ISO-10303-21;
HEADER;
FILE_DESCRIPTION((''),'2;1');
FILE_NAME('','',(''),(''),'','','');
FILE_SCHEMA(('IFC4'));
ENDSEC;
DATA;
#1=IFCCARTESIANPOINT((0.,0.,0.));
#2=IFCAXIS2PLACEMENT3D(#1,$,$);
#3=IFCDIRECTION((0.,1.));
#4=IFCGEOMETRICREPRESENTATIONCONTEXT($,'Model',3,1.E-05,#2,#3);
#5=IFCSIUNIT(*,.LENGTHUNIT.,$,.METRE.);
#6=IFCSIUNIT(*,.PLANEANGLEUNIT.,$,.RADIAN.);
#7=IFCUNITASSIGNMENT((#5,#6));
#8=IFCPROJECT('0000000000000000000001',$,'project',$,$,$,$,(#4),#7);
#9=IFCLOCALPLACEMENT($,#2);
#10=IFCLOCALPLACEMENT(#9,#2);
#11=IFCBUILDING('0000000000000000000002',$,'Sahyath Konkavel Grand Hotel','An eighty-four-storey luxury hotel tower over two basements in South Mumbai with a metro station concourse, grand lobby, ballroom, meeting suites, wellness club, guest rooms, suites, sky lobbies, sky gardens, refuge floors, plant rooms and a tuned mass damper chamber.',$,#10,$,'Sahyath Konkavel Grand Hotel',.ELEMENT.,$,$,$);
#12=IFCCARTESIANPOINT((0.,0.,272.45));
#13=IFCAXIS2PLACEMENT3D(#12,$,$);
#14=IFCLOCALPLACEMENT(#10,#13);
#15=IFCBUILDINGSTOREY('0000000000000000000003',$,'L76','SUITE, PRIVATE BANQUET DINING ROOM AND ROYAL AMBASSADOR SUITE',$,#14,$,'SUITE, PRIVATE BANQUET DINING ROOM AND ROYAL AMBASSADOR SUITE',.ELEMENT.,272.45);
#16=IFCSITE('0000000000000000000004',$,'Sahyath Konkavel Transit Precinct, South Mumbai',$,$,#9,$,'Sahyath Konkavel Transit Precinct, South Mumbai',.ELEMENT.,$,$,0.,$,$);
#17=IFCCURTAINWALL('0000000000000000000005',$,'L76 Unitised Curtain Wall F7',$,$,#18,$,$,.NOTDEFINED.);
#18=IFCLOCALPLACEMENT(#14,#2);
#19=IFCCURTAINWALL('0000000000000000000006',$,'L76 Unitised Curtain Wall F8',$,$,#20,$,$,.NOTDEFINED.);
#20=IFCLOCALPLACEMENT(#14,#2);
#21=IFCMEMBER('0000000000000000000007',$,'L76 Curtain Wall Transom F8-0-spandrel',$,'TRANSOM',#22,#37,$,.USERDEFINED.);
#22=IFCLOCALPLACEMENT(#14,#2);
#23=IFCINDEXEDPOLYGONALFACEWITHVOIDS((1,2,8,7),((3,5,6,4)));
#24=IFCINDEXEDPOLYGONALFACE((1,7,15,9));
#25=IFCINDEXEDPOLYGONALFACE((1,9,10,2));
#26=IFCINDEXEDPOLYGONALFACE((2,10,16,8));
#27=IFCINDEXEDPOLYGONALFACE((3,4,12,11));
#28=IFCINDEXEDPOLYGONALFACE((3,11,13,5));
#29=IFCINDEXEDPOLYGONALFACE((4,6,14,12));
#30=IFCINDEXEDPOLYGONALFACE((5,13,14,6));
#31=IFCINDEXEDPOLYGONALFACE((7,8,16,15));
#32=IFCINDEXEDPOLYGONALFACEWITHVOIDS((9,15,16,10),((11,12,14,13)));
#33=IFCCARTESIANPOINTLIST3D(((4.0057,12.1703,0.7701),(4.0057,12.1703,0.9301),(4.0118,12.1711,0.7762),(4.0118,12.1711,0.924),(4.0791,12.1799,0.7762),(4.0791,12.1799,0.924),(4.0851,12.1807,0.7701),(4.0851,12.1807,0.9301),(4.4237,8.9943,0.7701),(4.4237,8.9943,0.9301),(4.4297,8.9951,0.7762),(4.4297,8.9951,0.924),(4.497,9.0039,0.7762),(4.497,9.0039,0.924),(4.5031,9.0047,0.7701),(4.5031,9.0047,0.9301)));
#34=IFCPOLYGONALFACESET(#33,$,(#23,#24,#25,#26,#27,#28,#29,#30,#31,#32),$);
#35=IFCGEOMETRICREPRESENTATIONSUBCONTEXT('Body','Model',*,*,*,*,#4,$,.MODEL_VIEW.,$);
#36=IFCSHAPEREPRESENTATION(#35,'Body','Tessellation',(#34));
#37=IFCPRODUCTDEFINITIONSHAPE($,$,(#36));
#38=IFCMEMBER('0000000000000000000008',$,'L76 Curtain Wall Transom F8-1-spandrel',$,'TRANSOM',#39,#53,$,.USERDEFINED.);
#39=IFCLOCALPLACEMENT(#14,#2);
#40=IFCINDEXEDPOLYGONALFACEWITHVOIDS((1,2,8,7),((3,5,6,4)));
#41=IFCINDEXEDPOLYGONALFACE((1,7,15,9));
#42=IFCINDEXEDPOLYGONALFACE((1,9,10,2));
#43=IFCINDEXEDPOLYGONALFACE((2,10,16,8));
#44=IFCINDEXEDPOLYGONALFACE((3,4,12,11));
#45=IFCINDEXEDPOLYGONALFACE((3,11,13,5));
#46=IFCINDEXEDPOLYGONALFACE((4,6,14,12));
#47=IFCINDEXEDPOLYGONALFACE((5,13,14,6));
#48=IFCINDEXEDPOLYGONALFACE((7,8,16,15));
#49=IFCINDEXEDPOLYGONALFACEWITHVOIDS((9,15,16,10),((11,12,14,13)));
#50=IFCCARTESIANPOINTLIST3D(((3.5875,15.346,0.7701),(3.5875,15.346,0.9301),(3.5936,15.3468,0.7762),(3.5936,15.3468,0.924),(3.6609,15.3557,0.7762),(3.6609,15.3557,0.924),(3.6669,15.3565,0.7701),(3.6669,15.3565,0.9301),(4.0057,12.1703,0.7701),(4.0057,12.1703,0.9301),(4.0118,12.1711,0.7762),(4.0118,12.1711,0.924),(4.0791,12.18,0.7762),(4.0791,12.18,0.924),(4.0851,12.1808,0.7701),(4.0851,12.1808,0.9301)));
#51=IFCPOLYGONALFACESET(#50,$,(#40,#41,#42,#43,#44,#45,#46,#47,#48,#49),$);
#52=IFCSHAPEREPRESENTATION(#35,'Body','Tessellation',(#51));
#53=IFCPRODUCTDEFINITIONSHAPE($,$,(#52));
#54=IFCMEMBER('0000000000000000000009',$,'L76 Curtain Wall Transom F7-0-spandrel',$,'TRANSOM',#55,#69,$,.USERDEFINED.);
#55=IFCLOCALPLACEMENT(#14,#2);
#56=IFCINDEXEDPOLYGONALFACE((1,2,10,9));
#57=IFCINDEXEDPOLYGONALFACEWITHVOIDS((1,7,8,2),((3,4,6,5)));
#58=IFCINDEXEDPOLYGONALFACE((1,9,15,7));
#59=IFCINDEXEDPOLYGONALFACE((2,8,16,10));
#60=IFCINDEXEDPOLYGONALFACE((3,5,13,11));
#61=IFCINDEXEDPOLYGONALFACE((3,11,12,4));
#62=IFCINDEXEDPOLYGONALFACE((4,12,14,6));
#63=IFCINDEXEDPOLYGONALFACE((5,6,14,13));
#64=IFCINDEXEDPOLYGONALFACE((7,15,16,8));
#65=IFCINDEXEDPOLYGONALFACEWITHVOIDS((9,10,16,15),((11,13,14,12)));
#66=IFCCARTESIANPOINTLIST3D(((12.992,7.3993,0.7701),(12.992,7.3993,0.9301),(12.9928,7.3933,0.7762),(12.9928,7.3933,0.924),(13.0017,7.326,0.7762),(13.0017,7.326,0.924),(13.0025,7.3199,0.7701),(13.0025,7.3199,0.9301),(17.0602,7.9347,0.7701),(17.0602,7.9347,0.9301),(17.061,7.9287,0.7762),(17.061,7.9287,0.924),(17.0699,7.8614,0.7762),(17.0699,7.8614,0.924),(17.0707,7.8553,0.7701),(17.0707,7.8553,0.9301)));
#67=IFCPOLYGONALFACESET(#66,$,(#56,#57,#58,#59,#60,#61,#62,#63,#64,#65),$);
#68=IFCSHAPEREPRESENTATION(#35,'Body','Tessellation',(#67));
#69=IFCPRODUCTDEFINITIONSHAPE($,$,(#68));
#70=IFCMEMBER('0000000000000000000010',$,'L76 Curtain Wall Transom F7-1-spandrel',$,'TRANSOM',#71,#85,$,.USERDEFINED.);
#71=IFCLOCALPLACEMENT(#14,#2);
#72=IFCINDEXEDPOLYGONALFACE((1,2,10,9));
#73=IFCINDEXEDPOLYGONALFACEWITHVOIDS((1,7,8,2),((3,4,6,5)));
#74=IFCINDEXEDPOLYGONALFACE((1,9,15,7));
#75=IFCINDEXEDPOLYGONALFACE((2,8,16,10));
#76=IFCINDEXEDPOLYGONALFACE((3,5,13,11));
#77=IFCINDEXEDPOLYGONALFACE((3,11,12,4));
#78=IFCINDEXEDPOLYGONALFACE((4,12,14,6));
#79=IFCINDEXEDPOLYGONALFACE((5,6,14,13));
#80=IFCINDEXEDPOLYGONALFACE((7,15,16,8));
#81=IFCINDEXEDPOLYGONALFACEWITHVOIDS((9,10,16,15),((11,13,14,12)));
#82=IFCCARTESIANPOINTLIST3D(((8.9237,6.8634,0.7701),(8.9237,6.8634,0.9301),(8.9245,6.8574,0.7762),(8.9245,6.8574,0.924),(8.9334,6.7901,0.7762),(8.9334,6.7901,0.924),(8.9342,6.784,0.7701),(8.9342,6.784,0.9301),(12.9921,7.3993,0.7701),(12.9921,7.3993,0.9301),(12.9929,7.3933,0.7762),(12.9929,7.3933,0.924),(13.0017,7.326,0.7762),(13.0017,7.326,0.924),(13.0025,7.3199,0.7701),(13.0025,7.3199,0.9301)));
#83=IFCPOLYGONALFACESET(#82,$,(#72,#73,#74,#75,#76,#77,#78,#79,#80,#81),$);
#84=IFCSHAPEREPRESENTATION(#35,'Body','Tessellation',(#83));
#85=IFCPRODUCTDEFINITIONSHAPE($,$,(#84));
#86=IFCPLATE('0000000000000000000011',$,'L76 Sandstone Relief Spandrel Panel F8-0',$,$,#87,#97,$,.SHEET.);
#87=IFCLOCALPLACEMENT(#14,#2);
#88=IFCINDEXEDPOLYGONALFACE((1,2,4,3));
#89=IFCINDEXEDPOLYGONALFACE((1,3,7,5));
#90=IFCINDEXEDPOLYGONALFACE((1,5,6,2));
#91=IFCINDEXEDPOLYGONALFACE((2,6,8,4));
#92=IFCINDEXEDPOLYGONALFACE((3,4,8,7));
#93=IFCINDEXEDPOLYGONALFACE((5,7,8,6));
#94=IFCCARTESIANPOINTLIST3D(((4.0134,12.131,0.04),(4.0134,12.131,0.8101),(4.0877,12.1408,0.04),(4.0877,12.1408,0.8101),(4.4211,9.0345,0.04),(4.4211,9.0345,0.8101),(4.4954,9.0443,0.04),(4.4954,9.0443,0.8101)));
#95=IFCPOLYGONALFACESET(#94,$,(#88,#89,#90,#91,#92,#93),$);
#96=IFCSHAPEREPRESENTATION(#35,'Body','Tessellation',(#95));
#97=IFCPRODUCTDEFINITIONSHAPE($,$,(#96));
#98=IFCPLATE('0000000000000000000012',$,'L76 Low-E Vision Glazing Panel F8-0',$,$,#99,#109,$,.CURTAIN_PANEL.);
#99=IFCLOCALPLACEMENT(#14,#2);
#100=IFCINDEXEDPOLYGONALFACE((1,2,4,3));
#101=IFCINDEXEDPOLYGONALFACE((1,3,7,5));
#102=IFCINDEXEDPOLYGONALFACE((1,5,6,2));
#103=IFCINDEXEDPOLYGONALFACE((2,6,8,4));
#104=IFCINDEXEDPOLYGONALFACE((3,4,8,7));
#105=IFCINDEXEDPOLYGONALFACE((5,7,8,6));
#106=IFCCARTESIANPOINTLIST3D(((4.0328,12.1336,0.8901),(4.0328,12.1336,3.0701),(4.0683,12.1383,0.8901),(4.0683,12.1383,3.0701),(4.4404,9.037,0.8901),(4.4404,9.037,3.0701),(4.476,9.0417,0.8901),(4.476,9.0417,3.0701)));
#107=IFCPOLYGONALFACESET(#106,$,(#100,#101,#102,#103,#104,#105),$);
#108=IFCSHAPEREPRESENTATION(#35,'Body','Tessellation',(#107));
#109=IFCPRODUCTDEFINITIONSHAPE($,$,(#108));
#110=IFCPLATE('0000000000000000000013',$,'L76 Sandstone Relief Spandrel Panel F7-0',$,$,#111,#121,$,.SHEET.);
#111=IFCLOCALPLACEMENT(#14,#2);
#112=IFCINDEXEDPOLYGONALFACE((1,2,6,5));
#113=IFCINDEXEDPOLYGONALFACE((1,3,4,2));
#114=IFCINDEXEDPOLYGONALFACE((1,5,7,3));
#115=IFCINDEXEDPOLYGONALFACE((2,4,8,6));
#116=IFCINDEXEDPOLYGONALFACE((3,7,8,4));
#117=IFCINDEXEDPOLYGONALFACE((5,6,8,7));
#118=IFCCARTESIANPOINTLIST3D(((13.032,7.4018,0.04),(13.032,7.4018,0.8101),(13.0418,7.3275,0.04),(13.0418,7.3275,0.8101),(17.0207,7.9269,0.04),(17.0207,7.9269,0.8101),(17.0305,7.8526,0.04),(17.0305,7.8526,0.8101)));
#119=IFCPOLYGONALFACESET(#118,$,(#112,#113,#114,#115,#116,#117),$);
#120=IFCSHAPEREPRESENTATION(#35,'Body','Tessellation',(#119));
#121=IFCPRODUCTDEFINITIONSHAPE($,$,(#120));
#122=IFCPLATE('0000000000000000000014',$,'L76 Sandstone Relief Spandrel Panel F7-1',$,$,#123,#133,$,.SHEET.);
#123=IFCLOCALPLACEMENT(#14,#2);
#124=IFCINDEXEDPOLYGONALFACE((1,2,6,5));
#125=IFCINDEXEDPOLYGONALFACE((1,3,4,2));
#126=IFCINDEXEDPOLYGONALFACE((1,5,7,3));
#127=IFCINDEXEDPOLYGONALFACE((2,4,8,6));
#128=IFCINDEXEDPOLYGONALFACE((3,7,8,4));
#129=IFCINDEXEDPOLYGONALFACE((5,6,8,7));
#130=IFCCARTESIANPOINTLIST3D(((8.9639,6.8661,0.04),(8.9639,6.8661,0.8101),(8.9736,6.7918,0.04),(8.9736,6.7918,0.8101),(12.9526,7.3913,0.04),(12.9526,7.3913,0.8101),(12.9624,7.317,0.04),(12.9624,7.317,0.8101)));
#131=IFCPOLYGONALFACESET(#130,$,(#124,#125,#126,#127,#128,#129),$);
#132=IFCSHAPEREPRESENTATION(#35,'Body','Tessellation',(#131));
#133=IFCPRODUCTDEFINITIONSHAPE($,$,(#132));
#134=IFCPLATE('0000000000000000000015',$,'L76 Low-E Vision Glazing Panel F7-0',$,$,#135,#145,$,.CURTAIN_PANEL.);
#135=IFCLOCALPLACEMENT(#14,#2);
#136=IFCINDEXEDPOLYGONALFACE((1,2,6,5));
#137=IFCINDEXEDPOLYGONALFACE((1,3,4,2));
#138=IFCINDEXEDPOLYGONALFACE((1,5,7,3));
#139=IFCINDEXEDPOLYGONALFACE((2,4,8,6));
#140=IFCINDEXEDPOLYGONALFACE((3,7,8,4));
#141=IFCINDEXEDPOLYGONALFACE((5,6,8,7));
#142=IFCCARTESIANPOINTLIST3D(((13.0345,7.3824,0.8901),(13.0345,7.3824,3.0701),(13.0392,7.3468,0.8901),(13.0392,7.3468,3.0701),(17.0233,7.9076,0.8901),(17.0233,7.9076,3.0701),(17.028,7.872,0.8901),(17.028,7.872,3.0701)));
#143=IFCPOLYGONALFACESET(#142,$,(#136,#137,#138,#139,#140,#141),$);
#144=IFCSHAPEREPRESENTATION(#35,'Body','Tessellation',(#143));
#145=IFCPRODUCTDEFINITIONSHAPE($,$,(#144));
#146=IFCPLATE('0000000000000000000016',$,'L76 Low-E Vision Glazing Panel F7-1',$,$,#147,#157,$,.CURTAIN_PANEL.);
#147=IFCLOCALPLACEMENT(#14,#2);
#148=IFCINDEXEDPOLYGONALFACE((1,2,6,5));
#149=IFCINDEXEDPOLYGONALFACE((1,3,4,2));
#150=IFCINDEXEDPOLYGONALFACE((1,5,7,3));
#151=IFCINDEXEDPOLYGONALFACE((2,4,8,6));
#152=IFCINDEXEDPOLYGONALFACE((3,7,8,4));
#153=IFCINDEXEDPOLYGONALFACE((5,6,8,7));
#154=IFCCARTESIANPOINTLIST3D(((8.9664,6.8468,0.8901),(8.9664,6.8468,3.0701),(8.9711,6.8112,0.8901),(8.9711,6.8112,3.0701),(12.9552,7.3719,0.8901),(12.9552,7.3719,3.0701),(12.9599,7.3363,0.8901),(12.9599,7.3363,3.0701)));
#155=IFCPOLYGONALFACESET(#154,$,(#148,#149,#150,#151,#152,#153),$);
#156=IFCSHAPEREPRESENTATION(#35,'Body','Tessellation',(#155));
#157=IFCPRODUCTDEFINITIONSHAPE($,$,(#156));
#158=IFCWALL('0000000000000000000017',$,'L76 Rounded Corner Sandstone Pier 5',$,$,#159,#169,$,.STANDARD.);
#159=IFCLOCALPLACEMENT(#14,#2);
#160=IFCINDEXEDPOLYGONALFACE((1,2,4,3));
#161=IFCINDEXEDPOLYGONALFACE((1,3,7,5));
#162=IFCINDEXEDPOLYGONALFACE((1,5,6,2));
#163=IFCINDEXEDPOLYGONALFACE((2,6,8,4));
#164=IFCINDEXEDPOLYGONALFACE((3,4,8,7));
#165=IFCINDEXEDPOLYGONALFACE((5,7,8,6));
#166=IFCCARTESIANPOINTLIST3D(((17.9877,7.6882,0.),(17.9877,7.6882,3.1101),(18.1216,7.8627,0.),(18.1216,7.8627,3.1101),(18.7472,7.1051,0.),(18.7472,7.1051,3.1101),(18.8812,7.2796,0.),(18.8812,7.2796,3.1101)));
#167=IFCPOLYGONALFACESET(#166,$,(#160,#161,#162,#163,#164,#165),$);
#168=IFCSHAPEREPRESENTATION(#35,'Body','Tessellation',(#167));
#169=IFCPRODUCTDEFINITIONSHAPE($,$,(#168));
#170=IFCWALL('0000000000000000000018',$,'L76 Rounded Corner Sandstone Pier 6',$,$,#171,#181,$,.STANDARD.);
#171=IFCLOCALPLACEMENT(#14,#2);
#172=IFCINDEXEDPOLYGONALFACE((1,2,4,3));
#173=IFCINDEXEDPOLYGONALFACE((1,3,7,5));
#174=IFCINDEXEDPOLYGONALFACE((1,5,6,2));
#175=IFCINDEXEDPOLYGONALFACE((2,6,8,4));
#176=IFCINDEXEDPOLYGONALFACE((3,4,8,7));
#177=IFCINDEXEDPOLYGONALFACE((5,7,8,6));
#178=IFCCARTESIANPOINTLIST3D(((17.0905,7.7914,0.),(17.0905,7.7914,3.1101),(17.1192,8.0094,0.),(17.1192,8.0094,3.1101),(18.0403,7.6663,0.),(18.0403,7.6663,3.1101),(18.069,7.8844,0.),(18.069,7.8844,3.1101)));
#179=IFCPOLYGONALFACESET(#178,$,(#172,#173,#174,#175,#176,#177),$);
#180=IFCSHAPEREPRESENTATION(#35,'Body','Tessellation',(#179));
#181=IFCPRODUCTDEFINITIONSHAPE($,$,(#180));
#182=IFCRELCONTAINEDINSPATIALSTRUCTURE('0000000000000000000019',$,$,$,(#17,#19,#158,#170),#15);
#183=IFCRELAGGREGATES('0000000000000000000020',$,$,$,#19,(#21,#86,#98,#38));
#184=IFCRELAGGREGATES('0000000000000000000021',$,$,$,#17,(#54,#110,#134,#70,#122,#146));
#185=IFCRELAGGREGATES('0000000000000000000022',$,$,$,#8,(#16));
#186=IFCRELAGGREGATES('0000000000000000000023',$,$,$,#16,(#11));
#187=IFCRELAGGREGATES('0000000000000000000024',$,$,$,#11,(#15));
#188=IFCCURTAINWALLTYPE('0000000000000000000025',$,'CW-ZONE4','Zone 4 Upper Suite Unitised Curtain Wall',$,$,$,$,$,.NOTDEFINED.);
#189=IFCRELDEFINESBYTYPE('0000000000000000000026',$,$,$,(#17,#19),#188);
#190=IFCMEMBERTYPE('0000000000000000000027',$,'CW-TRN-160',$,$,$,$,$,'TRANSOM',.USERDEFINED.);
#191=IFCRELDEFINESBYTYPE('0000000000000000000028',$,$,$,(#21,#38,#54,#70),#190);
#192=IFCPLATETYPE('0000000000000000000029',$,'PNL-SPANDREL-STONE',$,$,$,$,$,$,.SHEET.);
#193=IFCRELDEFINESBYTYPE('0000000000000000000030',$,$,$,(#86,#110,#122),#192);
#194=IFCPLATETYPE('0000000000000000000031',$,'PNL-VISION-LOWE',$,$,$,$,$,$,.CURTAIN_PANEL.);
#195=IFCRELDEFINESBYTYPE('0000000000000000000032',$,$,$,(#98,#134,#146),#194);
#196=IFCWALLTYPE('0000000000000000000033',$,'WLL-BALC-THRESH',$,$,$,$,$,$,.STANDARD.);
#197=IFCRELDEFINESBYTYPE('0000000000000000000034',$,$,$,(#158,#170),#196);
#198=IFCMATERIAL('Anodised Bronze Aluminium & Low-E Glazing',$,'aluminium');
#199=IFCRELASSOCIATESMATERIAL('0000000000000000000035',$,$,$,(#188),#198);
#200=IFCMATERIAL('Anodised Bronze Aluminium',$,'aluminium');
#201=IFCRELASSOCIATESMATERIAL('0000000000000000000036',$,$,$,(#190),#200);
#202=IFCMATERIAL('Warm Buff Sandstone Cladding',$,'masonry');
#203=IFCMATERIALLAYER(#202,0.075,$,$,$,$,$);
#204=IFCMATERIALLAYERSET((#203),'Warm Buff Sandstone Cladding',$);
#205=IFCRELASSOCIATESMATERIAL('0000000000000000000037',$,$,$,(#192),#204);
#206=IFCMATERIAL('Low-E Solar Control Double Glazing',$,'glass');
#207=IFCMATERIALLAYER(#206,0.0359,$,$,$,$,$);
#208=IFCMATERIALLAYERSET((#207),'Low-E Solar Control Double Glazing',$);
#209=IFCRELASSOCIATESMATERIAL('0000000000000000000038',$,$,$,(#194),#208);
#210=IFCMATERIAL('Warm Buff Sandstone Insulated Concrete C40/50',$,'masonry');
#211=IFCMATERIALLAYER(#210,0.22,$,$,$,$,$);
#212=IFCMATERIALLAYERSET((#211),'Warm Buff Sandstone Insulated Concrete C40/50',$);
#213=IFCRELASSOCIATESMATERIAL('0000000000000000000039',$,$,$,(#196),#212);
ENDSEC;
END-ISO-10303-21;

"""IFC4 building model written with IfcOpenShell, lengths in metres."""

from ifc_helpers import new_model, si_unit, direction, frame, frame_2d, origin, origin_2d, place, context, subcontext, project, spatial, rectangle, hollow_rectangle, extrude, source, transform, mapped, material, layer, layer_set, material_profile, profile_set, type_object, element, aggregate, save


model = new_model("IFC4")

# Units and contexts
model_context = context("Model", 3, precision=1e-05, world=origin(), true_north=direction((0.0, 1.0)))
body_context = subcontext(model_context, "Body", "Model", "MODEL_VIEW")
ifc_project = project(units=[si_unit("LENGTHUNIT", "METRE"), si_unit("PLANEANGLEUNIT", "RADIAN")], contexts=[model_context])

# Site, building, storey
site_placement = place(None, origin())
site = spatial("IfcSite", under=ifc_project, at=site_placement, Name="Sahyath Konkavel Transit Precinct, South Mumbai", LongName="Sahyath Konkavel Transit Precinct, South Mumbai", CompositionType="ELEMENT", RefElevation=0.0)
building_placement = place(site_placement, origin())
building = spatial("IfcBuilding", under=site, at=building_placement, Name="Sahyath Konkavel Grand Hotel", Description="An eighty-four-storey luxury hotel tower over two basements in South Mumbai with a metro station concourse, grand lobby, ballroom, meeting suites, wellness club, guest rooms, suites, sky lobbies, sky gardens, refuge floors, plant rooms and a tuned mass damper chamber.", LongName="Sahyath Konkavel Grand Hotel", CompositionType="ELEMENT")
storey_placement = place(building_placement, frame((0.0, 0.0, 272.45)))
storey = spatial("IfcBuildingStorey", under=building, at=storey_placement, Name="L76", Description="SUITE, PRIVATE BANQUET DINING ROOM AND ROYAL AMBASSADOR SUITE", LongName="SUITE, PRIVATE BANQUET DINING ROOM AND ROYAL AMBASSADOR SUITE", CompositionType="ELEMENT", Elevation=272.45)

# Curtain walls
ifc_material_1 = material(Name="Anodised Bronze Aluminium & Low-E Glazing", Category="aluminium")
curtain_wall_type = type_object("IfcCurtainWallType", Name="CW-ZONE4", Description="Zone 4 Upper Suite Unitised Curtain Wall", PredefinedType="NOTDEFINED", material=ifc_material_1)
curtain_wall_1_placement = place(storey_placement, origin())
curtain_wall_1 = element("IfcCurtainWall", 1, at=curtain_wall_1_placement, inside=storey, type_object=curtain_wall_type, Name="L76 Unitised Curtain Wall F7", PredefinedType="NOTDEFINED")
curtain_wall_2_placement = place(storey_placement, origin())
curtain_wall_2 = element("IfcCurtainWall", 2, at=curtain_wall_2_placement, inside=storey, type_object=curtain_wall_type, Name="L76 Unitised Curtain Wall F8", PredefinedType="NOTDEFINED")
ifc_material_2 = material(Name="Anodised Bronze Aluminium", Category="aluminium")

# Members
ifc_material_profile_1 = material_profile(ifc_material_2, hollow_rectangle(XDim=0.0801, YDim=0.1599, WallThickness=0.0061, at=origin_2d()), Name="RHS 160x80x6")
ifc_profile_set_1 = profile_set([ifc_material_profile_1], Name="Anodised Bronze Aluminium")
member_type_1 = type_object("IfcMemberType", Name="CW-TRN-160", ElementType="TRANSOM", PredefinedType="USERDEFINED", material=ifc_profile_set_1)
shared_shape_1 = source(origin(), body_context, "Body", "SweptSolid", [
    extrude(hollow_rectangle(XDim=0.0801, YDim=0.1599, WallThickness=0.0061, at=origin_2d()), origin(), (0.0, 0.0, 1.0), 3.2034),
])
member_1_placement = place(storey_placement, frame((4.4634, 8.9995, 0.8501), z_axis=(-0.130476, 0.991451, 0.0), x_axis=(-0.991451, -0.130476, 0.0)))
member_1 = element("IfcMember", 3, at=member_1_placement, type_object=member_type_1, Name="L76 Curtain Wall Transom F8-0-spandrel", ObjectType="TRANSOM", PredefinedType="USERDEFINED", context=body_context, shape_type="MappedRepresentation", body=[
    mapped(shared_shape_1, transform((0.0, 0.0, 0.0), scale=1.0)),
])
shared_shape_2 = source(origin(), body_context, "Body", "SweptSolid", [
    extrude(hollow_rectangle(XDim=0.0801, YDim=0.1599, WallThickness=0.0061, at=origin_2d()), origin(), (0.0, 0.0, 1.0), 3.2031),
])
member_2_placement = place(storey_placement, frame((4.0454, 12.1755, 0.8501), z_axis=(-0.130561, 0.99144, 0.0), x_axis=(-0.99144, -0.130561, 0.0)))
member_2 = element("IfcMember", 4, at=member_2_placement, type_object=member_type_1, Name="L76 Curtain Wall Transom F8-1-spandrel", ObjectType="TRANSOM", PredefinedType="USERDEFINED", context=body_context, shape_type="MappedRepresentation", body=[
    mapped(shared_shape_2, transform((0.0, 0.0, 0.0), scale=1.0)),
])
shared_shape_3 = source(origin(), body_context, "Body", "SweptSolid", [
    extrude(hollow_rectangle(XDim=0.0801, YDim=0.1599, WallThickness=0.0061, at=origin_2d()), origin(), (0.0, 0.0, 1.0), 4.1033),
])
member_3_placement = place(storey_placement, frame((17.0654, 7.895, 0.8501), z_axis=(-0.99145, -0.130484, 0.0), x_axis=(0.130484, -0.99145, 0.0)))
member_3 = element("IfcMember", 5, at=member_3_placement, type_object=member_type_1, Name="L76 Curtain Wall Transom F7-0-spandrel", ObjectType="TRANSOM", PredefinedType="USERDEFINED", context=body_context, shape_type="MappedRepresentation", body=[
    mapped(shared_shape_3, transform((0.0, 0.0, 0.0), scale=1.0)),
])
shared_shape_4 = source(origin(), body_context, "Body", "SweptSolid", [
    extrude(hollow_rectangle(XDim=0.0801, YDim=0.1599, WallThickness=0.0061, at=origin_2d()), origin(), (0.0, 0.0, 1.0), 4.1035),
])
member_4_placement = place(storey_placement, frame((12.9973, 7.3596, 0.8501), z_axis=(-0.991436, -0.130593, 0.0), x_axis=(0.130593, -0.991436, 0.0)))
member_4 = element("IfcMember", 6, at=member_4_placement, type_object=member_type_1, Name="L76 Curtain Wall Transom F7-1-spandrel", ObjectType="TRANSOM", PredefinedType="USERDEFINED", context=body_context, shape_type="MappedRepresentation", body=[
    mapped(shared_shape_4, transform((0.0, 0.0, 0.0), scale=1.0)),
])

# Plates
ifc_material_3 = material(Name="Warm Buff Sandstone Cladding", Category="masonry")
ifc_layer_1 = layer(ifc_material_3, 0.075)
ifc_layer_set_1 = layer_set([ifc_layer_1], Name="Warm Buff Sandstone Cladding")
plate_type_1 = type_object("IfcPlateType", Name="PNL-SPANDREL-STONE", PredefinedType="SHEET", material=ifc_layer_set_1)
shared_shape_5 = source(origin(), body_context, "Body", "SweptSolid", [
    extrude(rectangle(XDim=3.1233, YDim=0.075, at=origin_2d()), origin(), (0.0, 0.0, 1.0), 0.77),
])
plate_1_placement = place(storey_placement, frame((4.2544, 10.5876, 0.04), z_axis=(0.0, 0.0, 1.0), x_axis=(-0.130526, 0.991445, 0.0)))
plate_1 = element("IfcPlate", 7, at=plate_1_placement, type_object=plate_type_1, Name="L76 Sandstone Relief Spandrel Panel F8-0", PredefinedType="SHEET", context=body_context, shape_type="MappedRepresentation", body=[
    mapped(shared_shape_5, transform((0.0, 0.0, 0.0), scale=1.0)),
])
ifc_material_4 = material(Name="Low-E Solar Control Double Glazing", Category="glass")
ifc_layer_2 = layer(ifc_material_4, 0.0359)
ifc_layer_set_2 = layer_set([ifc_layer_2], Name="Low-E Solar Control Double Glazing")
plate_type_2 = type_object("IfcPlateType", Name="PNL-VISION-LOWE", PredefinedType="CURTAIN_PANEL", material=ifc_layer_set_2)
shared_shape_6 = source(origin(), body_context, "Body", "SweptSolid", [
    extrude(rectangle(XDim=3.1233, YDim=0.0359, at=origin_2d()), origin(), (0.0, 0.0, 1.0), 2.1799),
])
plate_2_placement = place(storey_placement, frame((4.2544, 10.5876, 0.8901), z_axis=(0.0, 0.0, 1.0), x_axis=(-0.130526, 0.991445, 0.0)))
plate_2 = element("IfcPlate", 8, at=plate_2_placement, type_object=plate_type_2, Name="L76 Low-E Vision Glazing Panel F8-0", PredefinedType="CURTAIN_PANEL", context=body_context, shape_type="MappedRepresentation", body=[
    mapped(shared_shape_6, transform((0.0, 0.0, 0.0), scale=1.0)),
])
aggregate(curtain_wall_2, [member_1, plate_1, plate_2, member_2])
shared_shape_7 = source(origin(), body_context, "Body", "SweptSolid", [
    extrude(rectangle(XDim=4.0232, YDim=0.075, at=origin_2d()), origin(), (0.0, 0.0, 1.0), 0.77),
])
plate_3_placement = place(storey_placement, frame((15.0312, 7.6272, 0.04), z_axis=(0.0, 0.0, 1.0), x_axis=(-0.991445, -0.130526, 0.0)))
plate_3 = element("IfcPlate", 9, at=plate_3_placement, type_object=plate_type_1, Name="L76 Sandstone Relief Spandrel Panel F7-0", PredefinedType="SHEET", context=body_context, shape_type="MappedRepresentation", body=[
    mapped(shared_shape_7, transform((0.0, 0.0, 0.0), scale=1.0)),
])
plate_4_placement = place(storey_placement, frame((10.9631, 7.0916, 0.04), z_axis=(0.0, 0.0, 1.0), x_axis=(-0.991445, -0.130526, 0.0)))
plate_4 = element("IfcPlate", 10, at=plate_4_placement, type_object=plate_type_1, Name="L76 Sandstone Relief Spandrel Panel F7-1", PredefinedType="SHEET", context=body_context, shape_type="MappedRepresentation", body=[
    mapped(shared_shape_7, transform((0.0, 0.0, 0.0), scale=1.0)),
])
shared_shape_8 = source(origin(), body_context, "Body", "SweptSolid", [
    extrude(rectangle(XDim=4.0232, YDim=0.0359, at=origin_2d()), origin(), (0.0, 0.0, 1.0), 2.1799),
])
plate_5_placement = place(storey_placement, frame((15.0312, 7.6272, 0.8901), z_axis=(0.0, 0.0, 1.0), x_axis=(-0.991445, -0.130526, 0.0)))
plate_5 = element("IfcPlate", 11, at=plate_5_placement, type_object=plate_type_2, Name="L76 Low-E Vision Glazing Panel F7-0", PredefinedType="CURTAIN_PANEL", context=body_context, shape_type="MappedRepresentation", body=[
    mapped(shared_shape_8, transform((0.0, 0.0, 0.0), scale=1.0)),
])
plate_6_placement = place(storey_placement, frame((10.9631, 7.0916, 0.8901), z_axis=(0.0, 0.0, 1.0), x_axis=(-0.991445, -0.130526, 0.0)))
plate_6 = element("IfcPlate", 12, at=plate_6_placement, type_object=plate_type_2, Name="L76 Low-E Vision Glazing Panel F7-1", PredefinedType="CURTAIN_PANEL", context=body_context, shape_type="MappedRepresentation", body=[
    mapped(shared_shape_8, transform((0.0, 0.0, 0.0), scale=1.0)),
])
aggregate(curtain_wall_1, [member_3, plate_3, plate_5, member_4, plate_4, plate_6])

# Walls
ifc_material_5 = material(Name="Warm Buff Sandstone Insulated Concrete C40/50", Category="masonry")
ifc_layer_3 = layer(ifc_material_5, 0.22)
ifc_layer_set_3 = layer_set([ifc_layer_3], Name="Warm Buff Sandstone Insulated Concrete C40/50")
wall_type_1 = type_object("IfcWallType", Name="WLL-BALC-THRESH", PredefinedType="STANDARD", material=ifc_layer_set_3)
wall_1_placement = place(storey_placement, frame((18.8142, 7.1924, 0.0), z_axis=(0.0, 0.0, 1.0), x_axis=(-0.793249, 0.608897, 0.0)))
element("IfcWall", 13, at=wall_1_placement, inside=storey, type_object=wall_type_1, Name="L76 Rounded Corner Sandstone Pier 5", PredefinedType="STANDARD", context=body_context, shape_type="SweptSolid", body=[
    extrude(rectangle(XDim=0.9575, YDim=0.22, at=frame_2d((0.4788, 0.0))), origin(), (0.0, 0.0, 1.0), 3.1101),
])
wall_2_placement = place(storey_placement, frame((18.0547, 7.7754, 0.0), z_axis=(0.0, 0.0, 1.0), x_axis=(-0.991449, 0.130494, 0.0)))
element("IfcWall", 14, at=wall_2_placement, inside=storey, type_object=wall_type_1, Name="L76 Rounded Corner Sandstone Pier 6", PredefinedType="STANDARD", context=body_context, shape_type="SweptSolid", body=[
    extrude(rectangle(XDim=0.958, YDim=0.22, at=frame_2d((0.479, 0.0))), origin(), (0.0, 0.0, 1.0), 3.1101),
])

save(model, "model.ifc")
